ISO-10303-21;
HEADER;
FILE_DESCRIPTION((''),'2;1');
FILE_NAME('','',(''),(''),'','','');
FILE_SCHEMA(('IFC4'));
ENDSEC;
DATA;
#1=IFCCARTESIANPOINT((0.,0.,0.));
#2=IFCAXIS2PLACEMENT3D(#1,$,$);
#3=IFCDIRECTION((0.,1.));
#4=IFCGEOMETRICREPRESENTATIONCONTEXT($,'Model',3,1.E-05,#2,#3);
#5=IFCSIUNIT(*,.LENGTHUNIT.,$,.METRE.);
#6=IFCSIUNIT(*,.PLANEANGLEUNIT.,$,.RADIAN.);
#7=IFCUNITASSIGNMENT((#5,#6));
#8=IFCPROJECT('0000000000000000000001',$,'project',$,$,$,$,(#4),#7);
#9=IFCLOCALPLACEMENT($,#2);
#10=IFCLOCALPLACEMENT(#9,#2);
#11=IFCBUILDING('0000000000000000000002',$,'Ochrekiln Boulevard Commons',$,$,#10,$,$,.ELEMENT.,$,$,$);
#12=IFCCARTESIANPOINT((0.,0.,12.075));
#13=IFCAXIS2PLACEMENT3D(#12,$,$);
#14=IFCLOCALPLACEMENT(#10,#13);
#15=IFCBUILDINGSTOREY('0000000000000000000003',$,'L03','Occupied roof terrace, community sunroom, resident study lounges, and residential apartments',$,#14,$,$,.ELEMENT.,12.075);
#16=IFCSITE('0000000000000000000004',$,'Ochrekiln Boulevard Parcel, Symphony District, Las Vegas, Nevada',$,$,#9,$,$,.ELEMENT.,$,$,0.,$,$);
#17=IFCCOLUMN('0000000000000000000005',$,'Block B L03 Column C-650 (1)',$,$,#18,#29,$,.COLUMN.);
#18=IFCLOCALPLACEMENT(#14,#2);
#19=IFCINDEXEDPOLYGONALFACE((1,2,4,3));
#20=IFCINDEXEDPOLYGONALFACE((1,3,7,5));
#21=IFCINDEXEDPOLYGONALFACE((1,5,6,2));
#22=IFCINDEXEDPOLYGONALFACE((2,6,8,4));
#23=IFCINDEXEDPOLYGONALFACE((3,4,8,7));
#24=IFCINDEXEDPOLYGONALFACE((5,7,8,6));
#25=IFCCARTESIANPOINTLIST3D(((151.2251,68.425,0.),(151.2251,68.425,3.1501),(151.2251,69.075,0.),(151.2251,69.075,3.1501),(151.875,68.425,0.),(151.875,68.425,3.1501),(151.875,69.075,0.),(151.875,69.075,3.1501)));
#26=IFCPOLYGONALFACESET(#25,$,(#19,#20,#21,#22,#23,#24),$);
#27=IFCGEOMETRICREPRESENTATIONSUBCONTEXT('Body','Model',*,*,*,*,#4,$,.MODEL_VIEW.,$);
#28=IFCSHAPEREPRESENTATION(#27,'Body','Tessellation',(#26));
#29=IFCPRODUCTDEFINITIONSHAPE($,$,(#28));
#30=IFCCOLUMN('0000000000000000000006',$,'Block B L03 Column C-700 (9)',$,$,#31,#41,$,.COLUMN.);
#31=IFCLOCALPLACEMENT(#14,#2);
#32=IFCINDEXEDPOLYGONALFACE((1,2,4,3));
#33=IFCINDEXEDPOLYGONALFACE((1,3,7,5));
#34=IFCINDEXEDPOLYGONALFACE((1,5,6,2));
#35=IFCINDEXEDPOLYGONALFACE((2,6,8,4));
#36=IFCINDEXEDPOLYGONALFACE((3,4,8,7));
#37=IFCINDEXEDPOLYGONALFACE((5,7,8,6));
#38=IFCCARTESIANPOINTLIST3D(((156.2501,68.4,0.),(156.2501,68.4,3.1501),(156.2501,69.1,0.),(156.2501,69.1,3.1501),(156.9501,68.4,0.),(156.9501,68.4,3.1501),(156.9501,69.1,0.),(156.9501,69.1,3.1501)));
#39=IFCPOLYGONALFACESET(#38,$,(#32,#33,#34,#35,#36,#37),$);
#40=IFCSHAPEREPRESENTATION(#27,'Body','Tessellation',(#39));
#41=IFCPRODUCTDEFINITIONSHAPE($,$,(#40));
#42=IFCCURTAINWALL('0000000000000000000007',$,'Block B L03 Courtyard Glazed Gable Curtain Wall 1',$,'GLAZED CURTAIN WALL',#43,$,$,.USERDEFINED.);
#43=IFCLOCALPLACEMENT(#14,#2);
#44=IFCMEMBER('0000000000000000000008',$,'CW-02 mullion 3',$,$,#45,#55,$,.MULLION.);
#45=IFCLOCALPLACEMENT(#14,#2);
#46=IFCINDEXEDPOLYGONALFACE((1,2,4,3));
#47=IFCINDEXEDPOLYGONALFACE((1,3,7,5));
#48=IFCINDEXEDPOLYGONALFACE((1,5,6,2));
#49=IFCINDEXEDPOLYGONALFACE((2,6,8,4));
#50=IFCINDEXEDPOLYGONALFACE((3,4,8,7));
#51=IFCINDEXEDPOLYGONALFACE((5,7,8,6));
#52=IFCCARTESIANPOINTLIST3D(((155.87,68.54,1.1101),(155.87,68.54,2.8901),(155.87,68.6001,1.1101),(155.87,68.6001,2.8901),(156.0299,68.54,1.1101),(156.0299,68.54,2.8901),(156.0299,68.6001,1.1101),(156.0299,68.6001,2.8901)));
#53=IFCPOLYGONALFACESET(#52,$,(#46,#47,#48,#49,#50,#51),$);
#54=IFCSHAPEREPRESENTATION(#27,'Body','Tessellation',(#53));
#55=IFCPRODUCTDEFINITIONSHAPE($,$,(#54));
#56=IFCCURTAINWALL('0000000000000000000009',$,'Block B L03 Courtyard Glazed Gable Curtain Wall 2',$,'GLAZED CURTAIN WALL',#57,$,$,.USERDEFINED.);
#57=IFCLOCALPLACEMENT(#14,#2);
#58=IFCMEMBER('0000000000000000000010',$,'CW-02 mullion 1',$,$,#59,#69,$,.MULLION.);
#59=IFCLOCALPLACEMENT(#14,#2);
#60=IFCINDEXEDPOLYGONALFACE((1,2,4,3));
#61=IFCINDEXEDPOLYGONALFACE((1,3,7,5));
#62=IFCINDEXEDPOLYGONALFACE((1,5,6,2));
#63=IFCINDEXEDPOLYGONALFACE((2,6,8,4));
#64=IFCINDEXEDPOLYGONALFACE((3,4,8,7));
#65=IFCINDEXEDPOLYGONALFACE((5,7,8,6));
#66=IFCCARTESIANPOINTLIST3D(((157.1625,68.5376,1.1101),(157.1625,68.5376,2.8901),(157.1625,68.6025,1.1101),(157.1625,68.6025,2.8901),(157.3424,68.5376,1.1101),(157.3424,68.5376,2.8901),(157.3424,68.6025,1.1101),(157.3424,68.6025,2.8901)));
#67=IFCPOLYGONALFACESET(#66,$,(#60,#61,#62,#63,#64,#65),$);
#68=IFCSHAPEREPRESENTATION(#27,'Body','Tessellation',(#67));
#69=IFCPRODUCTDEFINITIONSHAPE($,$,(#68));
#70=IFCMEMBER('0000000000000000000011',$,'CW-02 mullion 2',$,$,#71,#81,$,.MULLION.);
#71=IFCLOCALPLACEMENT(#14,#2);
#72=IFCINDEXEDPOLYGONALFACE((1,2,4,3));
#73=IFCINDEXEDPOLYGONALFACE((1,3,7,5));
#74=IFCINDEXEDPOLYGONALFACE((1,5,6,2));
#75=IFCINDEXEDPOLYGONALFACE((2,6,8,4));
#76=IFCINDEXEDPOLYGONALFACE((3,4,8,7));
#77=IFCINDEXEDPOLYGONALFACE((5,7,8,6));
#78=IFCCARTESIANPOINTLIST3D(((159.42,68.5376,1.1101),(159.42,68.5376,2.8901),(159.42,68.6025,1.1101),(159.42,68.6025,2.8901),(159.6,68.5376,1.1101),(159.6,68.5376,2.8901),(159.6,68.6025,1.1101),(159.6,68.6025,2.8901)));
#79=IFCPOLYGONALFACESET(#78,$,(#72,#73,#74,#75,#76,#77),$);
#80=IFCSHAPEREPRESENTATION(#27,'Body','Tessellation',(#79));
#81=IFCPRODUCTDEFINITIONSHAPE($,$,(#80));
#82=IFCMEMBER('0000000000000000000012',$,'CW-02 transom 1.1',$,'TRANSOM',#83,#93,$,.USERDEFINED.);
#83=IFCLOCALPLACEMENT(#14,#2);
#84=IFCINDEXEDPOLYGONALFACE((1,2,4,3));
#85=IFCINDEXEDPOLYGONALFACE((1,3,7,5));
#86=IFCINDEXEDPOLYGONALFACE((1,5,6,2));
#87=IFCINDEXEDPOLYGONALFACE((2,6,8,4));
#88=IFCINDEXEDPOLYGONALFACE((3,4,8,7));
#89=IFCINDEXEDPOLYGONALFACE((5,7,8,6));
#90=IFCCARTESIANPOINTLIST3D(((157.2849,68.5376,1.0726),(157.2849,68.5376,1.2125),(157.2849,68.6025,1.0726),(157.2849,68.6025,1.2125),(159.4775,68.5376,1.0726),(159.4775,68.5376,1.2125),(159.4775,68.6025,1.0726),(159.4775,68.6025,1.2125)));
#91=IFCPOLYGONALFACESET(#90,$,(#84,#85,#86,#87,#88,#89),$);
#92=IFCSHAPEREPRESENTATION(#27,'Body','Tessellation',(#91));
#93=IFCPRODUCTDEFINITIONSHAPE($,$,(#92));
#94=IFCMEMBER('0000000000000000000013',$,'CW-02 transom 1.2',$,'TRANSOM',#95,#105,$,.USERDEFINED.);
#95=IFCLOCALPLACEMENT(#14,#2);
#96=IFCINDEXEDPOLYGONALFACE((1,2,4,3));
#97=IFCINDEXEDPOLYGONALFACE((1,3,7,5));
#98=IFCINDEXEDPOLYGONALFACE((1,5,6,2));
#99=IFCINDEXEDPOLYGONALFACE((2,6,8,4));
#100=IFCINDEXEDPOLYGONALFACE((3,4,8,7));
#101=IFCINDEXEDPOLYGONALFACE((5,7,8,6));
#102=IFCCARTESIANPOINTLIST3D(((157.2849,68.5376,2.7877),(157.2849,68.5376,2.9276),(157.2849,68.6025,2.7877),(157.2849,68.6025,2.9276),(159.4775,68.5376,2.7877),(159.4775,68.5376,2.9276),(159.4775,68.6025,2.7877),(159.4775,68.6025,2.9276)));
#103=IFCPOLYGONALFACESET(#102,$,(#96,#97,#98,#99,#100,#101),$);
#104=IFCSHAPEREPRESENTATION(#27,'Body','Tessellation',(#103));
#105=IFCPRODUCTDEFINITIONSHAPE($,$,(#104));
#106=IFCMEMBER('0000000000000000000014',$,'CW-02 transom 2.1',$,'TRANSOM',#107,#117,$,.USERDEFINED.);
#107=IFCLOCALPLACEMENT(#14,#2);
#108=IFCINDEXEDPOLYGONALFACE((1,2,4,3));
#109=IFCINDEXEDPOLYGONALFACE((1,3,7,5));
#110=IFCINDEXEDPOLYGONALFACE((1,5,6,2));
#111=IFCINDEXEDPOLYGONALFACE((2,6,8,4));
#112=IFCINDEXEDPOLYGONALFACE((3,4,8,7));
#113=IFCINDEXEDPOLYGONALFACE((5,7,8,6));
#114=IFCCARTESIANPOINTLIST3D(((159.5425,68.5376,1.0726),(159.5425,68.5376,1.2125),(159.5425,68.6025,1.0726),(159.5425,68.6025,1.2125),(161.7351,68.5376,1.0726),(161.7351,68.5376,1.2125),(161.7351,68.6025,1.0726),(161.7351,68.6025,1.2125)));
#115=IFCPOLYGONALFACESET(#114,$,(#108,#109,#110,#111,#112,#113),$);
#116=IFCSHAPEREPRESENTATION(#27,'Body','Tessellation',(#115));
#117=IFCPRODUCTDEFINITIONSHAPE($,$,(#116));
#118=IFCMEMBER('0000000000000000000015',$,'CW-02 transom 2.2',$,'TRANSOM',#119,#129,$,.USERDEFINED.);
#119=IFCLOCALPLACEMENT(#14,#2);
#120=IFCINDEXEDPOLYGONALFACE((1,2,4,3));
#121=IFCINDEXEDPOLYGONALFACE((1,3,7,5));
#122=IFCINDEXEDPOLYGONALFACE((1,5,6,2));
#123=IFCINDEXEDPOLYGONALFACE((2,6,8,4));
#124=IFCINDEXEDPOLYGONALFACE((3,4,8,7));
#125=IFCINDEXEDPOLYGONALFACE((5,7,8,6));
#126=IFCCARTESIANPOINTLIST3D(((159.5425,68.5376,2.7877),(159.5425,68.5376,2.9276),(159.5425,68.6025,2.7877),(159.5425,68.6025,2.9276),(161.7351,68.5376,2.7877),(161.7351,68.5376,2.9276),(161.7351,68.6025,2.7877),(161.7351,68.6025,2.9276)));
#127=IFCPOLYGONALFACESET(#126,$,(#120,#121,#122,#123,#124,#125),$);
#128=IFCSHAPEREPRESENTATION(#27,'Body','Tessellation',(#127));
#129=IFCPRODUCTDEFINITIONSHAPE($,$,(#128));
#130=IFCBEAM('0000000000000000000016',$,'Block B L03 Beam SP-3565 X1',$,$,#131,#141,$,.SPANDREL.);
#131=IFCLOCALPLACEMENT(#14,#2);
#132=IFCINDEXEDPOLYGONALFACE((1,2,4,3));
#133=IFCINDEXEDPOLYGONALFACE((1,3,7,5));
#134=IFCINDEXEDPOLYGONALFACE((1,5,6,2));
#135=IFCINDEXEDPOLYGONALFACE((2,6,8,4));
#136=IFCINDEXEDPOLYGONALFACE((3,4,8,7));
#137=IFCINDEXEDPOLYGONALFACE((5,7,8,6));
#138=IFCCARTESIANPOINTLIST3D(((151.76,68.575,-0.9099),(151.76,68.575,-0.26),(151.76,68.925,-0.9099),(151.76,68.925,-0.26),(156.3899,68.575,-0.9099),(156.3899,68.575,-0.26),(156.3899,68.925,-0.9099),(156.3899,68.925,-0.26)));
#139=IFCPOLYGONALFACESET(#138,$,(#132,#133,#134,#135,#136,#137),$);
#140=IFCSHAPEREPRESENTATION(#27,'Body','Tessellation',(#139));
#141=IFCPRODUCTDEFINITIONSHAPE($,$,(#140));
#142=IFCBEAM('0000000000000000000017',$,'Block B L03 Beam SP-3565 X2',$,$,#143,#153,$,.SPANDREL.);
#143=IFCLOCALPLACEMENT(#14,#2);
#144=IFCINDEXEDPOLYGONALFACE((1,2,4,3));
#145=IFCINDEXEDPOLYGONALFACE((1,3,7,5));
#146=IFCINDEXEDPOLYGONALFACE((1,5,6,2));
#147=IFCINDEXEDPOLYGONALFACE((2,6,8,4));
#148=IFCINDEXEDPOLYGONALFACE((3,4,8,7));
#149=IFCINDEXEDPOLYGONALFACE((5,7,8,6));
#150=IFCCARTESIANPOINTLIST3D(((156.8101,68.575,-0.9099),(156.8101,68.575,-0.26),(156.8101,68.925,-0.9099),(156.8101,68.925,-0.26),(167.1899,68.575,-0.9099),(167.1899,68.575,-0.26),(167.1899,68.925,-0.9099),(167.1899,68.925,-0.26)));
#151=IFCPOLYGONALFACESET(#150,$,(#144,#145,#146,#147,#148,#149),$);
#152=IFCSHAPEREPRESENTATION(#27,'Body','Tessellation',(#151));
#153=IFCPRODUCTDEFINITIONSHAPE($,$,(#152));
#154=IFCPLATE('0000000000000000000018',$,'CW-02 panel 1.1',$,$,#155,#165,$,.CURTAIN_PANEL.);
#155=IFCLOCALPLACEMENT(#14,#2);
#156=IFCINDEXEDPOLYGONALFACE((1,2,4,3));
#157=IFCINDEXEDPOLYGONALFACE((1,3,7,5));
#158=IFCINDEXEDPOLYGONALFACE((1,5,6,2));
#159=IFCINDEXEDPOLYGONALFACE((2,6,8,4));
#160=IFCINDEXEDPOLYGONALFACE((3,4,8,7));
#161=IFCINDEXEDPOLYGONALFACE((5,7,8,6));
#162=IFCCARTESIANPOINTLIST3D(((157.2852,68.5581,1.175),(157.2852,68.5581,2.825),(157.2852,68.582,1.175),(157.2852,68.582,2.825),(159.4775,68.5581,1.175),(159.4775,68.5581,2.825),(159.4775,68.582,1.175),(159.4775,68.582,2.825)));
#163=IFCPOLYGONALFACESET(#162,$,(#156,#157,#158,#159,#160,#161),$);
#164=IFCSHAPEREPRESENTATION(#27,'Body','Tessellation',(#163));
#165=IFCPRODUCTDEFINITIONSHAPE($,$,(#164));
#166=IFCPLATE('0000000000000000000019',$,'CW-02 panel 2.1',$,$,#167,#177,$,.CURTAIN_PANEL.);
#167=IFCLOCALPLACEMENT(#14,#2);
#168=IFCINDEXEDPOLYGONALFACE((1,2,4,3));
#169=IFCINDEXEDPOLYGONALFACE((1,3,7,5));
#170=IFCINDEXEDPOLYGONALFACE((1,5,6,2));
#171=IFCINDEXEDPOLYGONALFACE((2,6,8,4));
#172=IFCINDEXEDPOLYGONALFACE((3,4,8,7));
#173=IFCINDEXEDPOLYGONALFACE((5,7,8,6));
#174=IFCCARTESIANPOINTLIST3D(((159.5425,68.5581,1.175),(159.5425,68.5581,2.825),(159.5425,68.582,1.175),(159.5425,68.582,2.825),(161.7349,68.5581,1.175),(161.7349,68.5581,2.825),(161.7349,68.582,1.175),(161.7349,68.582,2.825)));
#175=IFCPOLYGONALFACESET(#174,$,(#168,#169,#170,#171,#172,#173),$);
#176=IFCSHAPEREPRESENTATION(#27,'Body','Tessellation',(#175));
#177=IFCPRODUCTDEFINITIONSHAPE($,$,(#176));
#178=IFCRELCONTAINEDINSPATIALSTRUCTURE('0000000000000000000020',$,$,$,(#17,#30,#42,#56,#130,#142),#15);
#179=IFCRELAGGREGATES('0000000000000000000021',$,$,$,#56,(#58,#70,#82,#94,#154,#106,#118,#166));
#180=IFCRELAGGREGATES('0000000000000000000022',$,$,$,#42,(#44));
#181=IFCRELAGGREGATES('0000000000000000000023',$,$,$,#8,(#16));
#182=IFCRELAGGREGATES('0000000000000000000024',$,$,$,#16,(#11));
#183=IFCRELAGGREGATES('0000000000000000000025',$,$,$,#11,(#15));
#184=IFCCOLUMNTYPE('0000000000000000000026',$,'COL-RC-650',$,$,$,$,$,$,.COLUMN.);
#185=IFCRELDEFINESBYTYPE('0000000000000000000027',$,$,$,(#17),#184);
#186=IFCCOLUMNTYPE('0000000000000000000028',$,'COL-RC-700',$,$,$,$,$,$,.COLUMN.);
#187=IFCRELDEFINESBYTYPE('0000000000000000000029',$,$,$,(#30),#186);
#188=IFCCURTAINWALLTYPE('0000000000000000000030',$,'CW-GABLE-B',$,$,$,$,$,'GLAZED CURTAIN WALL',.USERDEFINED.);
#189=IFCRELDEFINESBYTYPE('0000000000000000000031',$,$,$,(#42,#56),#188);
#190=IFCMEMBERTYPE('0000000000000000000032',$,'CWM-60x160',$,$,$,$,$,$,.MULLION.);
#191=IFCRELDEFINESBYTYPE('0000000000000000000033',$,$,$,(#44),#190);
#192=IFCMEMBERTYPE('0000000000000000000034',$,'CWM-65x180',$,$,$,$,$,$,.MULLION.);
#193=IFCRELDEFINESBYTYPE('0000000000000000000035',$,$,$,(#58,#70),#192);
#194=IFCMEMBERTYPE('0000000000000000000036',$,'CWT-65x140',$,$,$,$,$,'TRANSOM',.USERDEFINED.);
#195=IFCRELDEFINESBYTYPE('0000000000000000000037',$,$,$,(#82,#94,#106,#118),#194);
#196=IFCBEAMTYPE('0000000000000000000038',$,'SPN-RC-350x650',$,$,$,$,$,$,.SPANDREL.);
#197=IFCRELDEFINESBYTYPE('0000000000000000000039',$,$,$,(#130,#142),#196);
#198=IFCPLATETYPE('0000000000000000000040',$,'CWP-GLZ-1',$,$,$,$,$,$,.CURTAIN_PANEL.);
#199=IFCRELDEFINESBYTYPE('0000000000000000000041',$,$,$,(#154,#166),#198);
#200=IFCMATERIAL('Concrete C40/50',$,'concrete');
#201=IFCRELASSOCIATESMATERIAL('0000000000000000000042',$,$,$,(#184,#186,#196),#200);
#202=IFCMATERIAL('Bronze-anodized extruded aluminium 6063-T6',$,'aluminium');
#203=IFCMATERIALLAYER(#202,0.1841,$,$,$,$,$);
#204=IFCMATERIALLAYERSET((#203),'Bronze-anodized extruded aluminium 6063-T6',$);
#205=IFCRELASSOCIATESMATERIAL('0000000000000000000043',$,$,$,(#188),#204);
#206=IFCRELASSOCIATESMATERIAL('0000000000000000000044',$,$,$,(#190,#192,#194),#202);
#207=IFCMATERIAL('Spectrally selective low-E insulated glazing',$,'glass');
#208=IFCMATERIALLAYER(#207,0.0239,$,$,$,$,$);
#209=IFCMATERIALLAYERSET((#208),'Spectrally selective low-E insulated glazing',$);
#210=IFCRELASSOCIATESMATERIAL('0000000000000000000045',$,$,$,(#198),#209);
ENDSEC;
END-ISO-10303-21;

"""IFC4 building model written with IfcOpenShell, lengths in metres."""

from ifc_helpers import new_model, si_unit, direction, frame, origin, origin_2d, place, context, subcontext, project, spatial, rectangle, extrude, material, layer, layer_set, material_profile, profile_set, type_object, element, aggregate, save


model = new_model("IFC4")

# Units and contexts
model_context = context("Model", 3, precision=1e-05, world=origin(), true_north=direction((0.0, 1.0)))
body_context = subcontext(model_context, "Body", "Model", "MODEL_VIEW")
ifc_project = project(units=[si_unit("LENGTHUNIT", "METRE"), si_unit("PLANEANGLEUNIT", "RADIAN")], contexts=[model_context])

# Site, building, storey
site_placement = place(None, origin())
site = spatial("IfcSite", under=ifc_project, at=site_placement, Name="Ochrekiln Boulevard Parcel, Symphony District, Las Vegas, Nevada", CompositionType="ELEMENT", RefElevation=0.0)
building_placement = place(site_placement, origin())
building = spatial("IfcBuilding", under=site, at=building_placement, Name="Ochrekiln Boulevard Commons", CompositionType="ELEMENT")
storey_placement = place(building_placement, frame((0.0, 0.0, 12.075)))
storey = spatial("IfcBuildingStorey", under=building, at=storey_placement, Name="L03", Description="Occupied roof terrace, community sunroom, resident study lounges, and residential apartments", CompositionType="ELEMENT", Elevation=12.075)

# Columns
ifc_material_1 = material(Name="Concrete C40/50", Category="concrete")
ifc_material_profile_1 = material_profile(ifc_material_1, rectangle(XDim=0.6499, YDim=0.6499, at=origin_2d()), Name="RC-COL-650x650")
ifc_profile_set_1 = profile_set([ifc_material_profile_1], Name="Concrete C40/50")
column_type_1 = type_object("IfcColumnType", Name="COL-RC-650", PredefinedType="COLUMN", material=ifc_profile_set_1)
column_1_placement = place(storey_placement, frame((151.55, 68.75, 0.0), z_axis=(0.0, 0.0, 1.0), x_axis=(1.0, 0.0, 0.0)))
element("IfcColumn", 1, at=column_1_placement, inside=storey, type_object=column_type_1, Name="Block B L03 Column C-650 (1)", PredefinedType="COLUMN", context=body_context, shape_type="SweptSolid", body=[
    extrude(rectangle(XDim=0.6499, YDim=0.6499, at=origin_2d()), origin(), (0.0, 0.0, 1.0), 3.1501),
])
ifc_material_profile_2 = material_profile(ifc_material_1, rectangle(XDim=0.7, YDim=0.7, at=origin_2d()), Name="RC-COL-700x700")
ifc_profile_set_2 = profile_set([ifc_material_profile_2], Name="Concrete C40/50")
column_type_2 = type_object("IfcColumnType", Name="COL-RC-700", PredefinedType="COLUMN", material=ifc_profile_set_2)
column_2_placement = place(storey_placement, frame((156.6001, 68.75, 0.0), z_axis=(0.0, 0.0, 1.0), x_axis=(1.0, 0.0, 0.0)))
element("IfcColumn", 2, at=column_2_placement, inside=storey, type_object=column_type_2, Name="Block B L03 Column C-700 (9)", PredefinedType="COLUMN", context=body_context, shape_type="SweptSolid", body=[
    extrude(rectangle(XDim=0.7, YDim=0.7, at=origin_2d()), origin(), (0.0, 0.0, 1.0), 3.1501),
])

# Curtain wall, member
ifc_material_2 = material(Name="Bronze-anodized extruded aluminium 6063-T6", Category="aluminium")
ifc_layer_1 = layer(ifc_material_2, 0.1841)
ifc_layer_set_1 = layer_set([ifc_layer_1], Name="Bronze-anodized extruded aluminium 6063-T6")
curtain_wall_type = type_object("IfcCurtainWallType", Name="CW-GABLE-B", ElementType="GLAZED CURTAIN WALL", PredefinedType="USERDEFINED", material=ifc_layer_set_1)
curtain_wall_1_placement = place(storey_placement, origin())
curtain_wall_1 = element("IfcCurtainWall", 3, at=curtain_wall_1_placement, inside=storey, type_object=curtain_wall_type, Name="Block B L03 Courtyard Glazed Gable Curtain Wall 1", ObjectType="GLAZED CURTAIN WALL", PredefinedType="USERDEFINED")
ifc_material_profile_3 = material_profile(ifc_material_2, rectangle(XDim=0.0601, YDim=0.1599, at=origin_2d()), Name="ALU-MUL-60x160")
ifc_profile_set_3 = profile_set([ifc_material_profile_3], Name="Bronze-anodized extruded aluminium 6063-T6")
member_type_1 = type_object("IfcMemberType", Name="CWM-60x160", PredefinedType="MULLION", material=ifc_profile_set_3)
member_1_placement = place(storey_placement, frame((155.95, 68.5701, 1.1101), z_axis=(0.0, 0.0, 1.0), x_axis=(0.0, 1.0, 0.0)))
member_1 = element("IfcMember", 4, at=member_1_placement, type_object=member_type_1, Name="CW-02 mullion 3", PredefinedType="MULLION", context=body_context, shape_type="SweptSolid", body=[
    extrude(rectangle(XDim=0.0601, YDim=0.1599, at=origin_2d()), origin(), (0.0, 0.0, 1.0), 1.78),
])

# Curtain wall, members
curtain_wall_2_placement = place(storey_placement, origin())
curtain_wall_2 = element("IfcCurtainWall", 5, at=curtain_wall_2_placement, inside=storey, type_object=curtain_wall_type, Name="Block B L03 Courtyard Glazed Gable Curtain Wall 2", ObjectType="GLAZED CURTAIN WALL", PredefinedType="USERDEFINED")
ifc_material_profile_4 = material_profile(ifc_material_2, rectangle(XDim=0.0649, YDim=0.1799, at=origin_2d()), Name="ALU-MUL-65x180")
ifc_profile_set_4 = profile_set([ifc_material_profile_4], Name="Bronze-anodized extruded aluminium 6063-T6")
member_type_2 = type_object("IfcMemberType", Name="CWM-65x180", PredefinedType="MULLION", material=ifc_profile_set_4)
member_2_placement = place(storey_placement, frame((157.2524, 68.5701, 1.1101), z_axis=(0.0, 0.0, 1.0), x_axis=(0.0, 1.0, 0.0)))
member_2 = element("IfcMember", 6, at=member_2_placement, type_object=member_type_2, Name="CW-02 mullion 1", PredefinedType="MULLION", context=body_context, shape_type="SweptSolid", body=[
    extrude(rectangle(XDim=0.0649, YDim=0.1799, at=origin_2d()), origin(), (0.0, 0.0, 1.0), 1.78),
])
member_3_placement = place(storey_placement, frame((159.51, 68.5701, 1.1101), z_axis=(0.0, 0.0, 1.0), x_axis=(0.0, 1.0, 0.0)))
member_3 = element("IfcMember", 7, at=member_3_placement, type_object=member_type_2, Name="CW-02 mullion 2", PredefinedType="MULLION", context=body_context, shape_type="SweptSolid", body=[
    extrude(rectangle(XDim=0.0649, YDim=0.1799, at=origin_2d()), origin(), (0.0, 0.0, 1.0), 1.78),
])
ifc_material_profile_5 = material_profile(ifc_material_2, rectangle(XDim=0.0649, YDim=0.1399, at=origin_2d()), Name="ALU-TRN-65x140")
ifc_profile_set_5 = profile_set([ifc_material_profile_5], Name="Bronze-anodized extruded aluminium 6063-T6")
member_type_3 = type_object("IfcMemberType", Name="CWT-65x140", ElementType="TRANSOM", PredefinedType="USERDEFINED", material=ifc_profile_set_5)
member_4_placement = place(storey_placement, frame((157.2849, 68.5701, 1.1426), z_axis=(1.0, 0.0, 0.0), x_axis=(0.0, 1.0, 0.0)))
member_4 = element("IfcMember", 8, at=member_4_placement, type_object=member_type_3, Name="CW-02 transom 1.1", ObjectType="TRANSOM", PredefinedType="USERDEFINED", context=body_context, shape_type="SweptSolid", body=[
    extrude(rectangle(XDim=0.0649, YDim=0.1399, at=origin_2d()), origin(), (0.0, 0.0, 1.0), 2.1926),
])
member_5_placement = place(storey_placement, frame((157.2849, 68.5701, 2.8577), z_axis=(1.0, 0.0, 0.0), x_axis=(0.0, 1.0, 0.0)))
member_5 = element("IfcMember", 9, at=member_5_placement, type_object=member_type_3, Name="CW-02 transom 1.2", ObjectType="TRANSOM", PredefinedType="USERDEFINED", context=body_context, shape_type="SweptSolid", body=[
    extrude(rectangle(XDim=0.0649, YDim=0.1399, at=origin_2d()), origin(), (0.0, 0.0, 1.0), 2.1926),
])
member_6_placement = place(storey_placement, frame((159.5425, 68.5701, 1.1426), z_axis=(1.0, 0.0, 0.0), x_axis=(0.0, 1.0, 0.0)))
member_6 = element("IfcMember", 10, at=member_6_placement, type_object=member_type_3, Name="CW-02 transom 2.1", ObjectType="TRANSOM", PredefinedType="USERDEFINED", context=body_context, shape_type="SweptSolid", body=[
    extrude(rectangle(XDim=0.0649, YDim=0.1399, at=origin_2d()), origin(), (0.0, 0.0, 1.0), 2.1926),
])
member_7_placement = place(storey_placement, frame((159.5425, 68.5701, 2.8577), z_axis=(1.0, 0.0, 0.0), x_axis=(0.0, 1.0, 0.0)))
member_7 = element("IfcMember", 11, at=member_7_placement, type_object=member_type_3, Name="CW-02 transom 2.2", ObjectType="TRANSOM", PredefinedType="USERDEFINED", context=body_context, shape_type="SweptSolid", body=[
    extrude(rectangle(XDim=0.0649, YDim=0.1399, at=origin_2d()), origin(), (0.0, 0.0, 1.0), 2.1926),
])

# Beams
ifc_material_profile_6 = material_profile(ifc_material_1, rectangle(XDim=0.3501, YDim=0.6499, at=origin_2d()), Name="RC-SPN-350x650")
ifc_profile_set_6 = profile_set([ifc_material_profile_6], Name="Concrete C40/50")
beam_type = type_object("IfcBeamType", Name="SPN-RC-350x650", PredefinedType="SPANDREL", material=ifc_profile_set_6)
beam_1_placement = place(storey_placement, frame((151.76, 68.75, -0.585), z_axis=(1.0, 0.0, 0.0), x_axis=(0.0, 1.0, 0.0)))
element("IfcBeam", 12, at=beam_1_placement, inside=storey, type_object=beam_type, Name="Block B L03 Beam SP-3565 X1", PredefinedType="SPANDREL", context=body_context, shape_type="SweptSolid", body=[
    extrude(rectangle(XDim=0.3501, YDim=0.6499, at=origin_2d()), origin(), (0.0, 0.0, 1.0), 4.6299),
])
beam_2_placement = place(storey_placement, frame((156.8101, 68.75, -0.585), z_axis=(1.0, 0.0, 0.0), x_axis=(0.0, 1.0, 0.0)))
element("IfcBeam", 13, at=beam_2_placement, inside=storey, type_object=beam_type, Name="Block B L03 Beam SP-3565 X2", PredefinedType="SPANDREL", context=body_context, shape_type="SweptSolid", body=[
    extrude(rectangle(XDim=0.3501, YDim=0.6499, at=origin_2d()), origin(), (0.0, 0.0, 1.0), 10.3799),
])

# Plates
ifc_material_3 = material(Name="Spectrally selective low-E insulated glazing", Category="glass")
ifc_layer_2 = layer(ifc_material_3, 0.0239)
ifc_layer_set_2 = layer_set([ifc_layer_2], Name="Spectrally selective low-E insulated glazing")
plate_type_1 = type_object("IfcPlateType", Name="CWP-GLZ-1", PredefinedType="CURTAIN_PANEL", material=ifc_layer_set_2)
plate_1_placement = place(storey_placement, frame((158.3813, 68.5701, 1.175), z_axis=(0.0, 0.0, 1.0), x_axis=(1.0, 0.0, 0.0)))
plate_1 = element("IfcPlate", 14, at=plate_1_placement, type_object=plate_type_1, Name="CW-02 panel 1.1", PredefinedType="CURTAIN_PANEL", context=body_context, shape_type="SweptSolid", body=[
    extrude(rectangle(XDim=2.1924, YDim=0.0239, at=origin_2d()), origin(), (0.0, 0.0, 1.0), 1.6499),
])
plate_2_placement = place(storey_placement, frame((160.6387, 68.5701, 1.175), z_axis=(0.0, 0.0, 1.0), x_axis=(1.0, 0.0, 0.0)))
plate_2 = element("IfcPlate", 15, at=plate_2_placement, type_object=plate_type_1, Name="CW-02 panel 2.1", PredefinedType="CURTAIN_PANEL", context=body_context, shape_type="SweptSolid", body=[
    extrude(rectangle(XDim=2.1924, YDim=0.0239, at=origin_2d()), origin(), (0.0, 0.0, 1.0), 1.6499),
])
aggregate(curtain_wall_2, [member_2, member_3, member_4, member_5, plate_1, member_6, member_7, plate_2])
aggregate(curtain_wall_1, [member_1])

save(model, "model.ifc")
